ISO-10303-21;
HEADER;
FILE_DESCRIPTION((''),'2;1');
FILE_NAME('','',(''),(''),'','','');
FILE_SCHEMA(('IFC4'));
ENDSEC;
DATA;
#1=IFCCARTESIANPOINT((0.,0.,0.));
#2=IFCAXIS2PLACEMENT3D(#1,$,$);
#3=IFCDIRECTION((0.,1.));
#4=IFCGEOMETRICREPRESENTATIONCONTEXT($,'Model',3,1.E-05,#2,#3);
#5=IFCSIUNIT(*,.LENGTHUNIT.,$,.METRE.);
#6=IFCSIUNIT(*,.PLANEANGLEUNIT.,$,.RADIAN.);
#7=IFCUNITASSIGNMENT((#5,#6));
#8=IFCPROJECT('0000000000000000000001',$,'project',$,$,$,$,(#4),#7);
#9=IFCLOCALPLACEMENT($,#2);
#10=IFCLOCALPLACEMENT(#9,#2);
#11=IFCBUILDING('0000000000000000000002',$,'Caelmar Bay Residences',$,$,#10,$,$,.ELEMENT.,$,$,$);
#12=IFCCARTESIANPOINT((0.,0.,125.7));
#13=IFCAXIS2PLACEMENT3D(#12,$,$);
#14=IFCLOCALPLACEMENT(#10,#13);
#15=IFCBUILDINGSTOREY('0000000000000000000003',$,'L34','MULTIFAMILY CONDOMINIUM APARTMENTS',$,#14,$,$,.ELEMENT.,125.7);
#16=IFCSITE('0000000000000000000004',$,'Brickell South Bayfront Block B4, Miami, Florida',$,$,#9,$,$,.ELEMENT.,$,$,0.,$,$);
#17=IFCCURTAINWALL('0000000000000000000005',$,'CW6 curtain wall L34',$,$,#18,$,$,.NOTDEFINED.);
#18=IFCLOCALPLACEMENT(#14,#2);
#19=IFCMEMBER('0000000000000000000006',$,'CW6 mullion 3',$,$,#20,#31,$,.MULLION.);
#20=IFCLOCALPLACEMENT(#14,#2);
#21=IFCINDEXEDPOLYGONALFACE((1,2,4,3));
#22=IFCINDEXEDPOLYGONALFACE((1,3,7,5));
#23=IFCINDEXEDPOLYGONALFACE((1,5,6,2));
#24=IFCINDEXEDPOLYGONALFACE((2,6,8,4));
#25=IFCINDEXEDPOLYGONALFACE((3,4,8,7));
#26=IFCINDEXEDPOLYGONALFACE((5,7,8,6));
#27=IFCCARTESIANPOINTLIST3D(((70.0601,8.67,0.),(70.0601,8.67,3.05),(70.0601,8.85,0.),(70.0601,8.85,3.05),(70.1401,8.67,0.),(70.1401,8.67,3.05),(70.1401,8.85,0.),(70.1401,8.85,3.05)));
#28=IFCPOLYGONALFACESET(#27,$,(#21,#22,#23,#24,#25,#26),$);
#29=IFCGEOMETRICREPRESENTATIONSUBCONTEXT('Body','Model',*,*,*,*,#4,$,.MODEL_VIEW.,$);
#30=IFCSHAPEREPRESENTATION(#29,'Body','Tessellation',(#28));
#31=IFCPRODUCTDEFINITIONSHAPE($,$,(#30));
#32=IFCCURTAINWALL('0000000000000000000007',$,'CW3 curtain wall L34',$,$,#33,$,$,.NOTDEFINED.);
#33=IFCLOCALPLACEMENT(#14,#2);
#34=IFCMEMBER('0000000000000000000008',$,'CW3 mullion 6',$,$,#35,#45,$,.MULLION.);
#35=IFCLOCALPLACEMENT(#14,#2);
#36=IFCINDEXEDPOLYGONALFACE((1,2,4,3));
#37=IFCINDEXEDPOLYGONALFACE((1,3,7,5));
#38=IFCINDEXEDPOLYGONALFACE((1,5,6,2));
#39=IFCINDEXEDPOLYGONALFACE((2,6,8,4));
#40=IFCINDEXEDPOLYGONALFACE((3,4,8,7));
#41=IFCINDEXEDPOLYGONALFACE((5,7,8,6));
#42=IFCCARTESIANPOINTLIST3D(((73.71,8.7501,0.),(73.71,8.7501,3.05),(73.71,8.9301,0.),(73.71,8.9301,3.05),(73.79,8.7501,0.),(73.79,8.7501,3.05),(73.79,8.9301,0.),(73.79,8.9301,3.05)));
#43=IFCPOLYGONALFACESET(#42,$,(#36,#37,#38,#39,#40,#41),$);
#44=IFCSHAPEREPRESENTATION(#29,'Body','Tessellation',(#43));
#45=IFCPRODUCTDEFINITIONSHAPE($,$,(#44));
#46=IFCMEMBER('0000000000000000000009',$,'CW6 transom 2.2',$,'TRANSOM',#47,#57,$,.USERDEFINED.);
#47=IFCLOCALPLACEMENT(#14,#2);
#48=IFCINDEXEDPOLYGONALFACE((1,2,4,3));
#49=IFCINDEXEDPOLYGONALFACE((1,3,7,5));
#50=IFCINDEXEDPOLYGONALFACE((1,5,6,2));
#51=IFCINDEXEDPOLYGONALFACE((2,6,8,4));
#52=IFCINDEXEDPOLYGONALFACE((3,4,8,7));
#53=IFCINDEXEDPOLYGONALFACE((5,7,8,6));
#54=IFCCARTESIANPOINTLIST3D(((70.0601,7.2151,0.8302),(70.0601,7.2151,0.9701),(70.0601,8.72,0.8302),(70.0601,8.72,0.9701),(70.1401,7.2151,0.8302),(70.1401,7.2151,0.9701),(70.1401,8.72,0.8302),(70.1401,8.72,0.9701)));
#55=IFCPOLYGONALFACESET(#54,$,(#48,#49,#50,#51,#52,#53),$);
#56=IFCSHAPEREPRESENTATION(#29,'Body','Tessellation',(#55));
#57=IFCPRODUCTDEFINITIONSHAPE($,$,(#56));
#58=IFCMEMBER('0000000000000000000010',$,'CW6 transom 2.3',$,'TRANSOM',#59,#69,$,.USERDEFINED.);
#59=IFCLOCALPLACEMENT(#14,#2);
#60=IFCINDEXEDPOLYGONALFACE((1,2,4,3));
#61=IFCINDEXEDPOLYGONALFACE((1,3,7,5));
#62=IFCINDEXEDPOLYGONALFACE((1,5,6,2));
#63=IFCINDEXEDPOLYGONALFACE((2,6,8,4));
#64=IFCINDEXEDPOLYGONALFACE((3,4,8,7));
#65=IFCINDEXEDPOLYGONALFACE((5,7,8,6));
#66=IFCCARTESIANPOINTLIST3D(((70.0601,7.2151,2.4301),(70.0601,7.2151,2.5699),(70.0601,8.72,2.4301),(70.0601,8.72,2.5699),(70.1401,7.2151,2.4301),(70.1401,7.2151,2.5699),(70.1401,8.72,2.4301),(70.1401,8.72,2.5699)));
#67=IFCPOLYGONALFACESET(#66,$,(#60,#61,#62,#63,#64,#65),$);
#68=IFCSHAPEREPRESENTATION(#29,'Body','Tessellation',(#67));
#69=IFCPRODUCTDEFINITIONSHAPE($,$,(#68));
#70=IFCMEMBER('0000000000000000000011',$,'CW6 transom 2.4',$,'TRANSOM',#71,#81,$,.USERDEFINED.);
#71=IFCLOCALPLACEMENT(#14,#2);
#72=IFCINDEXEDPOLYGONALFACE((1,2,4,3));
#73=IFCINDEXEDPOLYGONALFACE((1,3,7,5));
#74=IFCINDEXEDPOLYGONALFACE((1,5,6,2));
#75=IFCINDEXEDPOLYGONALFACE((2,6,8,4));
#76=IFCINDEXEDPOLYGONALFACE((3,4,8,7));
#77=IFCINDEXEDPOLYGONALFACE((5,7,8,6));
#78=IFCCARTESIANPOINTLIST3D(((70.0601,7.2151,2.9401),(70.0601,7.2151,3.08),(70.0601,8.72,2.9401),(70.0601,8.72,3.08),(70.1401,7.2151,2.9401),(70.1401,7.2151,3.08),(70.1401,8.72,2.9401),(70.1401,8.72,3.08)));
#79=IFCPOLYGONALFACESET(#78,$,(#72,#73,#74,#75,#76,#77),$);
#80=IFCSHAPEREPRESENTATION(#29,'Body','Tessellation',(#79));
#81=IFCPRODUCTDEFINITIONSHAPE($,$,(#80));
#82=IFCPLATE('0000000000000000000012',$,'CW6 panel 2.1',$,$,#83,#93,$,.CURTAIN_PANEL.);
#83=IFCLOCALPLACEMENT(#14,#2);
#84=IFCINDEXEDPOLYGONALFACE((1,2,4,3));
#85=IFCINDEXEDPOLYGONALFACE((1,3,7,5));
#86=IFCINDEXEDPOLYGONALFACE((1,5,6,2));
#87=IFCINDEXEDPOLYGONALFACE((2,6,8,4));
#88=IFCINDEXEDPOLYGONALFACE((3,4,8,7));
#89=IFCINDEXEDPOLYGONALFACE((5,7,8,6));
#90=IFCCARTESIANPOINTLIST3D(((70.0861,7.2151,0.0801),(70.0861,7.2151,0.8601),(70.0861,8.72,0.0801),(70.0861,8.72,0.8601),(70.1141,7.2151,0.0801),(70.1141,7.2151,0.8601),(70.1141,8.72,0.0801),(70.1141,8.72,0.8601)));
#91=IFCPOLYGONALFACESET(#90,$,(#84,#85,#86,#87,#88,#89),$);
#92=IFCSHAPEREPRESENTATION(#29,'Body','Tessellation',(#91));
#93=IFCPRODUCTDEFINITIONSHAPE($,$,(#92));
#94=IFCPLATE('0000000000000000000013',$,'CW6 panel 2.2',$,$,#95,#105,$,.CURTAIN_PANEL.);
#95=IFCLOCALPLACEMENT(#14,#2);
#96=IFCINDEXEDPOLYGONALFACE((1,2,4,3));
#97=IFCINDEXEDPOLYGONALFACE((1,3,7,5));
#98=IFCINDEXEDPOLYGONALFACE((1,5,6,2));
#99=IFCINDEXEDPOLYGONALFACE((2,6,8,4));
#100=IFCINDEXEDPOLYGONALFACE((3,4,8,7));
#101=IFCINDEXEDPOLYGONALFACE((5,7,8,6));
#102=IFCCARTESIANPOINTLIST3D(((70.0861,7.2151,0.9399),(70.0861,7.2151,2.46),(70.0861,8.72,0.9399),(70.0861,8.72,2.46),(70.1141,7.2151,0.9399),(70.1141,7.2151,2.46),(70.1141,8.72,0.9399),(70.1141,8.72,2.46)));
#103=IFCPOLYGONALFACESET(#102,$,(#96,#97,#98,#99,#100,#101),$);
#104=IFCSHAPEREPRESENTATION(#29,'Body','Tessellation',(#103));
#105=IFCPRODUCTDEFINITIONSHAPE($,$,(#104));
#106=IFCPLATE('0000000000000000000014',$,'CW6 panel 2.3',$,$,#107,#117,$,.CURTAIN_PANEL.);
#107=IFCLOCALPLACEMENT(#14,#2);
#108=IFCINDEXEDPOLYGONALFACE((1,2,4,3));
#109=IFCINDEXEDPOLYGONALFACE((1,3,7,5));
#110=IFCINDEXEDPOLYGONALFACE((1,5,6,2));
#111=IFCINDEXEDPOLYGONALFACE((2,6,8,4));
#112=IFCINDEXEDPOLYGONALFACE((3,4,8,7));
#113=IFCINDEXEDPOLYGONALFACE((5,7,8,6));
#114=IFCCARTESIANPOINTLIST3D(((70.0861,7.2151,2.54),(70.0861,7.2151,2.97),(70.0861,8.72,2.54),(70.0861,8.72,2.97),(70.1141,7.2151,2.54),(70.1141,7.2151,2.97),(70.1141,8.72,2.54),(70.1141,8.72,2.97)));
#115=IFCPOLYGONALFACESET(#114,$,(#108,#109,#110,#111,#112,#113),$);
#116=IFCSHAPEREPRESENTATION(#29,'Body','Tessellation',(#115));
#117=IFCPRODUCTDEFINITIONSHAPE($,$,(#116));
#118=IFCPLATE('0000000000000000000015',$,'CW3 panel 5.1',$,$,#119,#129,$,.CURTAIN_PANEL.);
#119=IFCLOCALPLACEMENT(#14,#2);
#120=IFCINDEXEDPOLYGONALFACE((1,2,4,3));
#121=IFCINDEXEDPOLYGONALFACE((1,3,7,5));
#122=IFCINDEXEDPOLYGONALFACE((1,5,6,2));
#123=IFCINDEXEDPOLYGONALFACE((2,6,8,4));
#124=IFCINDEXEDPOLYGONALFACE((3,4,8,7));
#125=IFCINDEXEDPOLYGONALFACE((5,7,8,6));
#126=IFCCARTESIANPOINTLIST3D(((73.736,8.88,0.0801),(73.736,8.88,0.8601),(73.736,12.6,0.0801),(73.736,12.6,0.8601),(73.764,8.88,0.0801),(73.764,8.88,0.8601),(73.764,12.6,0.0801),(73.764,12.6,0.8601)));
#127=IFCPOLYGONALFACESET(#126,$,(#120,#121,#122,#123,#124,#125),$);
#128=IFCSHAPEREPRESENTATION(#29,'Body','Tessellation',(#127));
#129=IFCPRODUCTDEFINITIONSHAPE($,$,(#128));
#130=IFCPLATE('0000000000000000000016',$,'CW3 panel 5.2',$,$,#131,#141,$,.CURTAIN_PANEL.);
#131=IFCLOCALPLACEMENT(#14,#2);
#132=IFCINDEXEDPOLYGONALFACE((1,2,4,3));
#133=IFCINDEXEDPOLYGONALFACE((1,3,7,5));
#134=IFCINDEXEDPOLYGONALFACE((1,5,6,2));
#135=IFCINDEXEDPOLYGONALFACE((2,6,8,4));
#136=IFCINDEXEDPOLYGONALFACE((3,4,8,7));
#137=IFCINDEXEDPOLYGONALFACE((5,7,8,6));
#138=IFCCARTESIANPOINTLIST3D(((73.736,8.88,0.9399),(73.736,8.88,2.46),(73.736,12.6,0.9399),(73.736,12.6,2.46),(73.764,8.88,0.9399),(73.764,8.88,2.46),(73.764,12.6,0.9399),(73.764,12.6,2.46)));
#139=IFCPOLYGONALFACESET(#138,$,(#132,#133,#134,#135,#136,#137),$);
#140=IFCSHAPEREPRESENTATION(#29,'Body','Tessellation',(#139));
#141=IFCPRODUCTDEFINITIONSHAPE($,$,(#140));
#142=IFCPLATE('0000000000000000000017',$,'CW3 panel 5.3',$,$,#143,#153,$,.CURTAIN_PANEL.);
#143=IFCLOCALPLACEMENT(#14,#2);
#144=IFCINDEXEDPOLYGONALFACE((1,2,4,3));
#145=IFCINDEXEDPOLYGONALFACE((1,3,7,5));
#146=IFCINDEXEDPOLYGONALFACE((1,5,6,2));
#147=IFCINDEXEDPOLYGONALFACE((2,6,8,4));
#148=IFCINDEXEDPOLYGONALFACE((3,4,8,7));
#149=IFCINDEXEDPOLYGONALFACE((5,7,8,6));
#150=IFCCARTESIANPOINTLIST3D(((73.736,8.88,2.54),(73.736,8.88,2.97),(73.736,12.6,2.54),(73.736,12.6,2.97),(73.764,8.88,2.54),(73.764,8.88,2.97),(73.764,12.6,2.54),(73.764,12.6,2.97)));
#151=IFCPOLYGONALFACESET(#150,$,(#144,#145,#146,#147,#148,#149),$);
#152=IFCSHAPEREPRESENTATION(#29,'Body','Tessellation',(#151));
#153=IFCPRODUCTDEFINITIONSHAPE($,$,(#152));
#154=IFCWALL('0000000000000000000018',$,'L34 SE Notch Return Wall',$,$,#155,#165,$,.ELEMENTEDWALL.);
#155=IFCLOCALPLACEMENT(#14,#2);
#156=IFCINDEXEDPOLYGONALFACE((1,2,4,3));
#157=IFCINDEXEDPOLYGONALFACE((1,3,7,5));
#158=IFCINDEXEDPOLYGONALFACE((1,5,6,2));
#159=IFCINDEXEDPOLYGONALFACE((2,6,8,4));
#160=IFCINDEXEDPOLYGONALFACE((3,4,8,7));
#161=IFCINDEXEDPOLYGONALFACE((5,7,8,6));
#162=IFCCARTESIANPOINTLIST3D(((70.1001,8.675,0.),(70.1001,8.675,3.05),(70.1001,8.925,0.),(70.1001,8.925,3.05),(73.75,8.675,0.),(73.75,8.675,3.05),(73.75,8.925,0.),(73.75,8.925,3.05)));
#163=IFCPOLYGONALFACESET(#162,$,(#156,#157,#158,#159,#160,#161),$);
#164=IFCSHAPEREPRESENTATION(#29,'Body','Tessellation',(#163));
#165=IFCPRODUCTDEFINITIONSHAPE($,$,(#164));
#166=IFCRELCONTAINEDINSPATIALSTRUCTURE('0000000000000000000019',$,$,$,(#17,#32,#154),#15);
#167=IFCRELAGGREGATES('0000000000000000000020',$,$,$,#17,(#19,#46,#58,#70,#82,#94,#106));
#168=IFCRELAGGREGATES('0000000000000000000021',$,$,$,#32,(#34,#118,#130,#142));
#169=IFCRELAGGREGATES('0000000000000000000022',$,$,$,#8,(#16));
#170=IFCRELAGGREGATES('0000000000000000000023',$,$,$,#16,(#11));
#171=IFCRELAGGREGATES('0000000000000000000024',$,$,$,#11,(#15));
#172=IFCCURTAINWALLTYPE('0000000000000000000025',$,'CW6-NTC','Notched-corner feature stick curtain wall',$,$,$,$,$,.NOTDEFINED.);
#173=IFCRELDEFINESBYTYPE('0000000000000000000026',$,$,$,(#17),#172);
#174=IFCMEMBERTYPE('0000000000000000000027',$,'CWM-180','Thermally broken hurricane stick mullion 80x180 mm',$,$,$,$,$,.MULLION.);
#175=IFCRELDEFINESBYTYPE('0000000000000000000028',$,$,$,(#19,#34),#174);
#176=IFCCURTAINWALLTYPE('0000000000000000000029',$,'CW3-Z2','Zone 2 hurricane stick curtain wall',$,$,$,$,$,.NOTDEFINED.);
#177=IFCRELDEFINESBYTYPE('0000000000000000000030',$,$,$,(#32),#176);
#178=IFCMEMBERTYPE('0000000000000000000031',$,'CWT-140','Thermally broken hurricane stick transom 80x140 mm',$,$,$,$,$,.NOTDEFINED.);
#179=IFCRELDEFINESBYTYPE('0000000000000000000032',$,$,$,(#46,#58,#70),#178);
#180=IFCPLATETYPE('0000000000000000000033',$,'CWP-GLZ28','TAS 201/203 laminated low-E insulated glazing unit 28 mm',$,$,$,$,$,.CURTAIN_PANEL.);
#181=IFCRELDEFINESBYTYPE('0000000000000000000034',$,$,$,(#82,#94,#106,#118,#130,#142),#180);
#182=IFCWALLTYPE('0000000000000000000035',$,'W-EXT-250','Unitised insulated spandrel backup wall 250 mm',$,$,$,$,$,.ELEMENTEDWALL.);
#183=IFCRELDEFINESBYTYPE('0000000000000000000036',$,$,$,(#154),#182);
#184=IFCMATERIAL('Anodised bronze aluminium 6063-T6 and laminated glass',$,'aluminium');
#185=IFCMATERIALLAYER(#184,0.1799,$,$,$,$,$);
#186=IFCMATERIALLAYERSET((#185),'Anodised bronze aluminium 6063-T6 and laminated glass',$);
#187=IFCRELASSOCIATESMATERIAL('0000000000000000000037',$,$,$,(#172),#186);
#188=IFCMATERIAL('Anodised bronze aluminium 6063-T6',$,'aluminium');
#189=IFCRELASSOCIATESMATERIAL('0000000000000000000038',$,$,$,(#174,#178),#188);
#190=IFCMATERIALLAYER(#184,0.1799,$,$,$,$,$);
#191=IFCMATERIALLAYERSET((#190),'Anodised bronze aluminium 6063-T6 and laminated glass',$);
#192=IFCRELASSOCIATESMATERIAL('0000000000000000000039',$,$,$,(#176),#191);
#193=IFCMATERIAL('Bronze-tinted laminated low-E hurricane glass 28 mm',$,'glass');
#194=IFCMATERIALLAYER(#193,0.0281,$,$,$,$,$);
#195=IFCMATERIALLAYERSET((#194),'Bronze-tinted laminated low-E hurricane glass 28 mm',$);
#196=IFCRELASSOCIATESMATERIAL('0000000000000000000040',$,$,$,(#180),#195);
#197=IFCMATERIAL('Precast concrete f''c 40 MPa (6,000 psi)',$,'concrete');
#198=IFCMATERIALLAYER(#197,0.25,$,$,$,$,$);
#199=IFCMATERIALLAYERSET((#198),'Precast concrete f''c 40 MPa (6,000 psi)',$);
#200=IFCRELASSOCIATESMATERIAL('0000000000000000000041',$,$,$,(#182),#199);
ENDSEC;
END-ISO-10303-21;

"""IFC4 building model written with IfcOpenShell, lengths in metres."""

from ifc_helpers import new_model, si_unit, direction, frame, frame_2d, origin, origin_2d, place, context, subcontext, project, spatial, rectangle, extrude, material, layer, layer_set, material_profile, profile_set, type_object, element, aggregate, save


model = new_model("IFC4")

# Units and contexts
model_context = context("Model", 3, precision=1e-05, world=origin(), true_north=direction((0.0, 1.0)))
body_context = subcontext(model_context, "Body", "Model", "MODEL_VIEW")
ifc_project = project(units=[si_unit("LENGTHUNIT", "METRE"), si_unit("PLANEANGLEUNIT", "RADIAN")], contexts=[model_context])

# Site, building, storey
site_placement = place(None, origin())
site = spatial("IfcSite", under=ifc_project, at=site_placement, Name="Brickell South Bayfront Block B4, Miami, Florida", CompositionType="ELEMENT", RefElevation=0.0)
building_placement = place(site_placement, origin())
building = spatial("IfcBuilding", under=site, at=building_placement, Name="Caelmar Bay Residences", CompositionType="ELEMENT")
storey_placement = place(building_placement, frame((0.0, 0.0, 125.7)))
storey = spatial("IfcBuildingStorey", under=building, at=storey_placement, Name="L34", Description="MULTIFAMILY CONDOMINIUM APARTMENTS", CompositionType="ELEMENT", Elevation=125.7)

# Curtain walls, members
ifc_material_1 = material(Name="Anodised bronze aluminium 6063-T6 and laminated glass", Category="aluminium")
ifc_layer_1 = layer(ifc_material_1, 0.1799)
ifc_layer_set_1 = layer_set([ifc_layer_1], Name="Anodised bronze aluminium 6063-T6 and laminated glass")
curtain_wall_type_1 = type_object("IfcCurtainWallType", Name="CW6-NTC", Description="Notched-corner feature stick curtain wall", PredefinedType="NOTDEFINED", material=ifc_layer_set_1)
curtain_wall_1_placement = place(storey_placement, origin())
curtain_wall_1 = element("IfcCurtainWall", 1, at=curtain_wall_1_placement, inside=storey, type_object=curtain_wall_type_1, Name="CW6 curtain wall L34", PredefinedType="NOTDEFINED")
ifc_material_2 = material(Name="Anodised bronze aluminium 6063-T6", Category="aluminium")
ifc_material_profile_1 = material_profile(ifc_material_2, rectangle(XDim=0.0801, YDim=0.1799, at=origin_2d()), Name="CWM-80X180")
ifc_profile_set_1 = profile_set([ifc_material_profile_1], Name="Anodised bronze aluminium 6063-T6")
member_type_1 = type_object("IfcMemberType", Name="CWM-180", Description="Thermally broken hurricane stick mullion 80x180 mm", PredefinedType="MULLION", material=ifc_profile_set_1)
member_1_placement = place(storey_placement, frame((70.1001, 8.76, 0.0), z_axis=(0.0, 0.0, 1.0), x_axis=(-1.0, 0.0, 0.0)))
member_1 = element("IfcMember", 2, at=member_1_placement, type_object=member_type_1, Name="CW6 mullion 3", PredefinedType="MULLION", context=body_context, shape_type="SweptSolid", body=[
    extrude(rectangle(XDim=0.0801, YDim=0.1799, at=origin_2d()), origin(), (0.0, 0.0, 1.0), 3.05),
])
ifc_layer_2 = layer(ifc_material_1, 0.1799)
ifc_layer_set_2 = layer_set([ifc_layer_2], Name="Anodised bronze aluminium 6063-T6 and laminated glass")
curtain_wall_type_2 = type_object("IfcCurtainWallType", Name="CW3-Z2", Description="Zone 2 hurricane stick curtain wall", PredefinedType="NOTDEFINED", material=ifc_layer_set_2)
curtain_wall_2_placement = place(storey_placement, origin())
curtain_wall_2 = element("IfcCurtainWall", 3, at=curtain_wall_2_placement, inside=storey, type_object=curtain_wall_type_2, Name="CW3 curtain wall L34", PredefinedType="NOTDEFINED")
member_2_placement = place(storey_placement, frame((73.75, 8.8401, 0.0), z_axis=(0.0, 0.0, 1.0), x_axis=(1.0, 0.0, 0.0)))
member_2 = element("IfcMember", 4, at=member_2_placement, type_object=member_type_1, Name="CW3 mullion 6", PredefinedType="MULLION", context=body_context, shape_type="SweptSolid", body=[
    extrude(rectangle(XDim=0.0801, YDim=0.1799, at=origin_2d()), origin(), (0.0, 0.0, 1.0), 3.05),
])

# Members
ifc_material_profile_2 = material_profile(ifc_material_2, rectangle(XDim=0.0801, YDim=0.1399, at=origin_2d()), Name="CWT-80X140")
ifc_profile_set_2 = profile_set([ifc_material_profile_2], Name="Anodised bronze aluminium 6063-T6")
member_type_2 = type_object("IfcMemberType", Name="CWT-140", Description="Thermally broken hurricane stick transom 80x140 mm", PredefinedType="NOTDEFINED", material=ifc_profile_set_2)
member_3_placement = place(storey_placement, frame((70.1001, 7.2151, 0.9001), z_axis=(0.0, 1.0, 0.0), x_axis=(-1.0, 0.0, 0.0)))
member_3 = element("IfcMember", 5, at=member_3_placement, type_object=member_type_2, Name="CW6 transom 2.2", ObjectType="TRANSOM", PredefinedType="USERDEFINED", context=body_context, shape_type="SweptSolid", body=[
    extrude(rectangle(XDim=0.0801, YDim=0.1399, at=origin_2d()), origin(), (0.0, 0.0, 1.0), 1.5049),
])
member_4_placement = place(storey_placement, frame((70.1001, 7.2151, 2.5), z_axis=(0.0, 1.0, 0.0), x_axis=(-1.0, 0.0, 0.0)))
member_4 = element("IfcMember", 6, at=member_4_placement, type_object=member_type_2, Name="CW6 transom 2.3", ObjectType="TRANSOM", PredefinedType="USERDEFINED", context=body_context, shape_type="SweptSolid", body=[
    extrude(rectangle(XDim=0.0801, YDim=0.1399, at=origin_2d()), origin(), (0.0, 0.0, 1.0), 1.5049),
])
member_5_placement = place(storey_placement, frame((70.1001, 7.2151, 3.01), z_axis=(0.0, 1.0, 0.0), x_axis=(-1.0, 0.0, 0.0)))
member_5 = element("IfcMember", 7, at=member_5_placement, type_object=member_type_2, Name="CW6 transom 2.4", ObjectType="TRANSOM", PredefinedType="USERDEFINED", context=body_context, shape_type="SweptSolid", body=[
    extrude(rectangle(XDim=0.0801, YDim=0.1399, at=origin_2d()), origin(), (0.0, 0.0, 1.0), 1.5049),
])

# Plates
ifc_material_3 = material(Name="Bronze-tinted laminated low-E hurricane glass 28 mm", Category="glass")
ifc_layer_3 = layer(ifc_material_3, 0.0281)
ifc_layer_set_3 = layer_set([ifc_layer_3], Name="Bronze-tinted laminated low-E hurricane glass 28 mm")
plate_type = type_object("IfcPlateType", Name="CWP-GLZ28", Description="TAS 201/203 laminated low-E insulated glazing unit 28 mm", PredefinedType="CURTAIN_PANEL", material=ifc_layer_set_3)
plate_1_placement = place(storey_placement, frame((70.1001, 7.9675, 0.0801), z_axis=(0.0, 0.0, 1.0), x_axis=(0.0, 1.0, 0.0)))
plate_1 = element("IfcPlate", 8, at=plate_1_placement, type_object=plate_type, Name="CW6 panel 2.1", PredefinedType="CURTAIN_PANEL", context=body_context, shape_type="SweptSolid", body=[
    extrude(rectangle(XDim=1.5049, YDim=0.0281, at=origin_2d()), origin(), (0.0, 0.0, 1.0), 0.78),
])
plate_2_placement = place(storey_placement, frame((70.1001, 7.9675, 0.9399), z_axis=(0.0, 0.0, 1.0), x_axis=(0.0, 1.0, 0.0)))
plate_2 = element("IfcPlate", 9, at=plate_2_placement, type_object=plate_type, Name="CW6 panel 2.2", PredefinedType="CURTAIN_PANEL", context=body_context, shape_type="SweptSolid", body=[
    extrude(rectangle(XDim=1.5049, YDim=0.0281, at=origin_2d()), origin(), (0.0, 0.0, 1.0), 1.52),
])
plate_3_placement = place(storey_placement, frame((70.1001, 7.9675, 2.54), z_axis=(0.0, 0.0, 1.0), x_axis=(0.0, 1.0, 0.0)))
plate_3 = element("IfcPlate", 10, at=plate_3_placement, type_object=plate_type, Name="CW6 panel 2.3", PredefinedType="CURTAIN_PANEL", context=body_context, shape_type="SweptSolid", body=[
    extrude(rectangle(XDim=1.5049, YDim=0.0281, at=origin_2d()), origin(), (0.0, 0.0, 1.0), 0.4299),
])
aggregate(curtain_wall_1, [member_1, member_3, member_4, member_5, plate_1, plate_2, plate_3])
plate_4_placement = place(storey_placement, frame((73.75, 10.74, 0.0801), z_axis=(0.0, 0.0, 1.0), x_axis=(0.0, -1.0, 0.0)))
plate_4 = element("IfcPlate", 11, at=plate_4_placement, type_object=plate_type, Name="CW3 panel 5.1", PredefinedType="CURTAIN_PANEL", context=body_context, shape_type="SweptSolid", body=[
    extrude(rectangle(XDim=3.72, YDim=0.0281, at=origin_2d()), origin(), (0.0, 0.0, 1.0), 0.78),
])
plate_5_placement = place(storey_placement, frame((73.75, 10.74, 0.9399), z_axis=(0.0, 0.0, 1.0), x_axis=(0.0, -1.0, 0.0)))
plate_5 = element("IfcPlate", 12, at=plate_5_placement, type_object=plate_type, Name="CW3 panel 5.2", PredefinedType="CURTAIN_PANEL", context=body_context, shape_type="SweptSolid", body=[
    extrude(rectangle(XDim=3.72, YDim=0.0281, at=origin_2d()), origin(), (0.0, 0.0, 1.0), 1.52),
])
plate_6_placement = place(storey_placement, frame((73.75, 10.74, 2.54), z_axis=(0.0, 0.0, 1.0), x_axis=(0.0, -1.0, 0.0)))
plate_6 = element("IfcPlate", 13, at=plate_6_placement, type_object=plate_type, Name="CW3 panel 5.3", PredefinedType="CURTAIN_PANEL", context=body_context, shape_type="SweptSolid", body=[
    extrude(rectangle(XDim=3.72, YDim=0.0281, at=origin_2d()), origin(), (0.0, 0.0, 1.0), 0.4299),
])
aggregate(curtain_wall_2, [member_2, plate_4, plate_5, plate_6])

# Wall
ifc_material_4 = material(Name="Precast concrete f'c 40 MPa (6,000 psi)", Category="concrete")
ifc_layer_4 = layer(ifc_material_4, 0.25)
ifc_layer_set_4 = layer_set([ifc_layer_4], Name="Precast concrete f'c 40 MPa (6,000 psi)")
wall_type_1 = type_object("IfcWallType", Name="W-EXT-250", Description="Unitised insulated spandrel backup wall 250 mm", PredefinedType="ELEMENTEDWALL", material=ifc_layer_set_4)
wall_1_placement = place(storey_placement, frame((70.1001, 8.8, 0.0), z_axis=(0.0, 0.0, 1.0), x_axis=(1.0, 0.0, 0.0)))
element("IfcWall", 14, at=wall_1_placement, inside=storey, type_object=wall_type_1, Name="L34 SE Notch Return Wall", PredefinedType="ELEMENTEDWALL", context=body_context, shape_type="SweptSolid", body=[
    extrude(rectangle(XDim=3.6499, YDim=0.25, at=frame_2d((1.825, 0.0))), origin(), (0.0, 0.0, 1.0), 3.05),
])

save(model, "model.ifc")
